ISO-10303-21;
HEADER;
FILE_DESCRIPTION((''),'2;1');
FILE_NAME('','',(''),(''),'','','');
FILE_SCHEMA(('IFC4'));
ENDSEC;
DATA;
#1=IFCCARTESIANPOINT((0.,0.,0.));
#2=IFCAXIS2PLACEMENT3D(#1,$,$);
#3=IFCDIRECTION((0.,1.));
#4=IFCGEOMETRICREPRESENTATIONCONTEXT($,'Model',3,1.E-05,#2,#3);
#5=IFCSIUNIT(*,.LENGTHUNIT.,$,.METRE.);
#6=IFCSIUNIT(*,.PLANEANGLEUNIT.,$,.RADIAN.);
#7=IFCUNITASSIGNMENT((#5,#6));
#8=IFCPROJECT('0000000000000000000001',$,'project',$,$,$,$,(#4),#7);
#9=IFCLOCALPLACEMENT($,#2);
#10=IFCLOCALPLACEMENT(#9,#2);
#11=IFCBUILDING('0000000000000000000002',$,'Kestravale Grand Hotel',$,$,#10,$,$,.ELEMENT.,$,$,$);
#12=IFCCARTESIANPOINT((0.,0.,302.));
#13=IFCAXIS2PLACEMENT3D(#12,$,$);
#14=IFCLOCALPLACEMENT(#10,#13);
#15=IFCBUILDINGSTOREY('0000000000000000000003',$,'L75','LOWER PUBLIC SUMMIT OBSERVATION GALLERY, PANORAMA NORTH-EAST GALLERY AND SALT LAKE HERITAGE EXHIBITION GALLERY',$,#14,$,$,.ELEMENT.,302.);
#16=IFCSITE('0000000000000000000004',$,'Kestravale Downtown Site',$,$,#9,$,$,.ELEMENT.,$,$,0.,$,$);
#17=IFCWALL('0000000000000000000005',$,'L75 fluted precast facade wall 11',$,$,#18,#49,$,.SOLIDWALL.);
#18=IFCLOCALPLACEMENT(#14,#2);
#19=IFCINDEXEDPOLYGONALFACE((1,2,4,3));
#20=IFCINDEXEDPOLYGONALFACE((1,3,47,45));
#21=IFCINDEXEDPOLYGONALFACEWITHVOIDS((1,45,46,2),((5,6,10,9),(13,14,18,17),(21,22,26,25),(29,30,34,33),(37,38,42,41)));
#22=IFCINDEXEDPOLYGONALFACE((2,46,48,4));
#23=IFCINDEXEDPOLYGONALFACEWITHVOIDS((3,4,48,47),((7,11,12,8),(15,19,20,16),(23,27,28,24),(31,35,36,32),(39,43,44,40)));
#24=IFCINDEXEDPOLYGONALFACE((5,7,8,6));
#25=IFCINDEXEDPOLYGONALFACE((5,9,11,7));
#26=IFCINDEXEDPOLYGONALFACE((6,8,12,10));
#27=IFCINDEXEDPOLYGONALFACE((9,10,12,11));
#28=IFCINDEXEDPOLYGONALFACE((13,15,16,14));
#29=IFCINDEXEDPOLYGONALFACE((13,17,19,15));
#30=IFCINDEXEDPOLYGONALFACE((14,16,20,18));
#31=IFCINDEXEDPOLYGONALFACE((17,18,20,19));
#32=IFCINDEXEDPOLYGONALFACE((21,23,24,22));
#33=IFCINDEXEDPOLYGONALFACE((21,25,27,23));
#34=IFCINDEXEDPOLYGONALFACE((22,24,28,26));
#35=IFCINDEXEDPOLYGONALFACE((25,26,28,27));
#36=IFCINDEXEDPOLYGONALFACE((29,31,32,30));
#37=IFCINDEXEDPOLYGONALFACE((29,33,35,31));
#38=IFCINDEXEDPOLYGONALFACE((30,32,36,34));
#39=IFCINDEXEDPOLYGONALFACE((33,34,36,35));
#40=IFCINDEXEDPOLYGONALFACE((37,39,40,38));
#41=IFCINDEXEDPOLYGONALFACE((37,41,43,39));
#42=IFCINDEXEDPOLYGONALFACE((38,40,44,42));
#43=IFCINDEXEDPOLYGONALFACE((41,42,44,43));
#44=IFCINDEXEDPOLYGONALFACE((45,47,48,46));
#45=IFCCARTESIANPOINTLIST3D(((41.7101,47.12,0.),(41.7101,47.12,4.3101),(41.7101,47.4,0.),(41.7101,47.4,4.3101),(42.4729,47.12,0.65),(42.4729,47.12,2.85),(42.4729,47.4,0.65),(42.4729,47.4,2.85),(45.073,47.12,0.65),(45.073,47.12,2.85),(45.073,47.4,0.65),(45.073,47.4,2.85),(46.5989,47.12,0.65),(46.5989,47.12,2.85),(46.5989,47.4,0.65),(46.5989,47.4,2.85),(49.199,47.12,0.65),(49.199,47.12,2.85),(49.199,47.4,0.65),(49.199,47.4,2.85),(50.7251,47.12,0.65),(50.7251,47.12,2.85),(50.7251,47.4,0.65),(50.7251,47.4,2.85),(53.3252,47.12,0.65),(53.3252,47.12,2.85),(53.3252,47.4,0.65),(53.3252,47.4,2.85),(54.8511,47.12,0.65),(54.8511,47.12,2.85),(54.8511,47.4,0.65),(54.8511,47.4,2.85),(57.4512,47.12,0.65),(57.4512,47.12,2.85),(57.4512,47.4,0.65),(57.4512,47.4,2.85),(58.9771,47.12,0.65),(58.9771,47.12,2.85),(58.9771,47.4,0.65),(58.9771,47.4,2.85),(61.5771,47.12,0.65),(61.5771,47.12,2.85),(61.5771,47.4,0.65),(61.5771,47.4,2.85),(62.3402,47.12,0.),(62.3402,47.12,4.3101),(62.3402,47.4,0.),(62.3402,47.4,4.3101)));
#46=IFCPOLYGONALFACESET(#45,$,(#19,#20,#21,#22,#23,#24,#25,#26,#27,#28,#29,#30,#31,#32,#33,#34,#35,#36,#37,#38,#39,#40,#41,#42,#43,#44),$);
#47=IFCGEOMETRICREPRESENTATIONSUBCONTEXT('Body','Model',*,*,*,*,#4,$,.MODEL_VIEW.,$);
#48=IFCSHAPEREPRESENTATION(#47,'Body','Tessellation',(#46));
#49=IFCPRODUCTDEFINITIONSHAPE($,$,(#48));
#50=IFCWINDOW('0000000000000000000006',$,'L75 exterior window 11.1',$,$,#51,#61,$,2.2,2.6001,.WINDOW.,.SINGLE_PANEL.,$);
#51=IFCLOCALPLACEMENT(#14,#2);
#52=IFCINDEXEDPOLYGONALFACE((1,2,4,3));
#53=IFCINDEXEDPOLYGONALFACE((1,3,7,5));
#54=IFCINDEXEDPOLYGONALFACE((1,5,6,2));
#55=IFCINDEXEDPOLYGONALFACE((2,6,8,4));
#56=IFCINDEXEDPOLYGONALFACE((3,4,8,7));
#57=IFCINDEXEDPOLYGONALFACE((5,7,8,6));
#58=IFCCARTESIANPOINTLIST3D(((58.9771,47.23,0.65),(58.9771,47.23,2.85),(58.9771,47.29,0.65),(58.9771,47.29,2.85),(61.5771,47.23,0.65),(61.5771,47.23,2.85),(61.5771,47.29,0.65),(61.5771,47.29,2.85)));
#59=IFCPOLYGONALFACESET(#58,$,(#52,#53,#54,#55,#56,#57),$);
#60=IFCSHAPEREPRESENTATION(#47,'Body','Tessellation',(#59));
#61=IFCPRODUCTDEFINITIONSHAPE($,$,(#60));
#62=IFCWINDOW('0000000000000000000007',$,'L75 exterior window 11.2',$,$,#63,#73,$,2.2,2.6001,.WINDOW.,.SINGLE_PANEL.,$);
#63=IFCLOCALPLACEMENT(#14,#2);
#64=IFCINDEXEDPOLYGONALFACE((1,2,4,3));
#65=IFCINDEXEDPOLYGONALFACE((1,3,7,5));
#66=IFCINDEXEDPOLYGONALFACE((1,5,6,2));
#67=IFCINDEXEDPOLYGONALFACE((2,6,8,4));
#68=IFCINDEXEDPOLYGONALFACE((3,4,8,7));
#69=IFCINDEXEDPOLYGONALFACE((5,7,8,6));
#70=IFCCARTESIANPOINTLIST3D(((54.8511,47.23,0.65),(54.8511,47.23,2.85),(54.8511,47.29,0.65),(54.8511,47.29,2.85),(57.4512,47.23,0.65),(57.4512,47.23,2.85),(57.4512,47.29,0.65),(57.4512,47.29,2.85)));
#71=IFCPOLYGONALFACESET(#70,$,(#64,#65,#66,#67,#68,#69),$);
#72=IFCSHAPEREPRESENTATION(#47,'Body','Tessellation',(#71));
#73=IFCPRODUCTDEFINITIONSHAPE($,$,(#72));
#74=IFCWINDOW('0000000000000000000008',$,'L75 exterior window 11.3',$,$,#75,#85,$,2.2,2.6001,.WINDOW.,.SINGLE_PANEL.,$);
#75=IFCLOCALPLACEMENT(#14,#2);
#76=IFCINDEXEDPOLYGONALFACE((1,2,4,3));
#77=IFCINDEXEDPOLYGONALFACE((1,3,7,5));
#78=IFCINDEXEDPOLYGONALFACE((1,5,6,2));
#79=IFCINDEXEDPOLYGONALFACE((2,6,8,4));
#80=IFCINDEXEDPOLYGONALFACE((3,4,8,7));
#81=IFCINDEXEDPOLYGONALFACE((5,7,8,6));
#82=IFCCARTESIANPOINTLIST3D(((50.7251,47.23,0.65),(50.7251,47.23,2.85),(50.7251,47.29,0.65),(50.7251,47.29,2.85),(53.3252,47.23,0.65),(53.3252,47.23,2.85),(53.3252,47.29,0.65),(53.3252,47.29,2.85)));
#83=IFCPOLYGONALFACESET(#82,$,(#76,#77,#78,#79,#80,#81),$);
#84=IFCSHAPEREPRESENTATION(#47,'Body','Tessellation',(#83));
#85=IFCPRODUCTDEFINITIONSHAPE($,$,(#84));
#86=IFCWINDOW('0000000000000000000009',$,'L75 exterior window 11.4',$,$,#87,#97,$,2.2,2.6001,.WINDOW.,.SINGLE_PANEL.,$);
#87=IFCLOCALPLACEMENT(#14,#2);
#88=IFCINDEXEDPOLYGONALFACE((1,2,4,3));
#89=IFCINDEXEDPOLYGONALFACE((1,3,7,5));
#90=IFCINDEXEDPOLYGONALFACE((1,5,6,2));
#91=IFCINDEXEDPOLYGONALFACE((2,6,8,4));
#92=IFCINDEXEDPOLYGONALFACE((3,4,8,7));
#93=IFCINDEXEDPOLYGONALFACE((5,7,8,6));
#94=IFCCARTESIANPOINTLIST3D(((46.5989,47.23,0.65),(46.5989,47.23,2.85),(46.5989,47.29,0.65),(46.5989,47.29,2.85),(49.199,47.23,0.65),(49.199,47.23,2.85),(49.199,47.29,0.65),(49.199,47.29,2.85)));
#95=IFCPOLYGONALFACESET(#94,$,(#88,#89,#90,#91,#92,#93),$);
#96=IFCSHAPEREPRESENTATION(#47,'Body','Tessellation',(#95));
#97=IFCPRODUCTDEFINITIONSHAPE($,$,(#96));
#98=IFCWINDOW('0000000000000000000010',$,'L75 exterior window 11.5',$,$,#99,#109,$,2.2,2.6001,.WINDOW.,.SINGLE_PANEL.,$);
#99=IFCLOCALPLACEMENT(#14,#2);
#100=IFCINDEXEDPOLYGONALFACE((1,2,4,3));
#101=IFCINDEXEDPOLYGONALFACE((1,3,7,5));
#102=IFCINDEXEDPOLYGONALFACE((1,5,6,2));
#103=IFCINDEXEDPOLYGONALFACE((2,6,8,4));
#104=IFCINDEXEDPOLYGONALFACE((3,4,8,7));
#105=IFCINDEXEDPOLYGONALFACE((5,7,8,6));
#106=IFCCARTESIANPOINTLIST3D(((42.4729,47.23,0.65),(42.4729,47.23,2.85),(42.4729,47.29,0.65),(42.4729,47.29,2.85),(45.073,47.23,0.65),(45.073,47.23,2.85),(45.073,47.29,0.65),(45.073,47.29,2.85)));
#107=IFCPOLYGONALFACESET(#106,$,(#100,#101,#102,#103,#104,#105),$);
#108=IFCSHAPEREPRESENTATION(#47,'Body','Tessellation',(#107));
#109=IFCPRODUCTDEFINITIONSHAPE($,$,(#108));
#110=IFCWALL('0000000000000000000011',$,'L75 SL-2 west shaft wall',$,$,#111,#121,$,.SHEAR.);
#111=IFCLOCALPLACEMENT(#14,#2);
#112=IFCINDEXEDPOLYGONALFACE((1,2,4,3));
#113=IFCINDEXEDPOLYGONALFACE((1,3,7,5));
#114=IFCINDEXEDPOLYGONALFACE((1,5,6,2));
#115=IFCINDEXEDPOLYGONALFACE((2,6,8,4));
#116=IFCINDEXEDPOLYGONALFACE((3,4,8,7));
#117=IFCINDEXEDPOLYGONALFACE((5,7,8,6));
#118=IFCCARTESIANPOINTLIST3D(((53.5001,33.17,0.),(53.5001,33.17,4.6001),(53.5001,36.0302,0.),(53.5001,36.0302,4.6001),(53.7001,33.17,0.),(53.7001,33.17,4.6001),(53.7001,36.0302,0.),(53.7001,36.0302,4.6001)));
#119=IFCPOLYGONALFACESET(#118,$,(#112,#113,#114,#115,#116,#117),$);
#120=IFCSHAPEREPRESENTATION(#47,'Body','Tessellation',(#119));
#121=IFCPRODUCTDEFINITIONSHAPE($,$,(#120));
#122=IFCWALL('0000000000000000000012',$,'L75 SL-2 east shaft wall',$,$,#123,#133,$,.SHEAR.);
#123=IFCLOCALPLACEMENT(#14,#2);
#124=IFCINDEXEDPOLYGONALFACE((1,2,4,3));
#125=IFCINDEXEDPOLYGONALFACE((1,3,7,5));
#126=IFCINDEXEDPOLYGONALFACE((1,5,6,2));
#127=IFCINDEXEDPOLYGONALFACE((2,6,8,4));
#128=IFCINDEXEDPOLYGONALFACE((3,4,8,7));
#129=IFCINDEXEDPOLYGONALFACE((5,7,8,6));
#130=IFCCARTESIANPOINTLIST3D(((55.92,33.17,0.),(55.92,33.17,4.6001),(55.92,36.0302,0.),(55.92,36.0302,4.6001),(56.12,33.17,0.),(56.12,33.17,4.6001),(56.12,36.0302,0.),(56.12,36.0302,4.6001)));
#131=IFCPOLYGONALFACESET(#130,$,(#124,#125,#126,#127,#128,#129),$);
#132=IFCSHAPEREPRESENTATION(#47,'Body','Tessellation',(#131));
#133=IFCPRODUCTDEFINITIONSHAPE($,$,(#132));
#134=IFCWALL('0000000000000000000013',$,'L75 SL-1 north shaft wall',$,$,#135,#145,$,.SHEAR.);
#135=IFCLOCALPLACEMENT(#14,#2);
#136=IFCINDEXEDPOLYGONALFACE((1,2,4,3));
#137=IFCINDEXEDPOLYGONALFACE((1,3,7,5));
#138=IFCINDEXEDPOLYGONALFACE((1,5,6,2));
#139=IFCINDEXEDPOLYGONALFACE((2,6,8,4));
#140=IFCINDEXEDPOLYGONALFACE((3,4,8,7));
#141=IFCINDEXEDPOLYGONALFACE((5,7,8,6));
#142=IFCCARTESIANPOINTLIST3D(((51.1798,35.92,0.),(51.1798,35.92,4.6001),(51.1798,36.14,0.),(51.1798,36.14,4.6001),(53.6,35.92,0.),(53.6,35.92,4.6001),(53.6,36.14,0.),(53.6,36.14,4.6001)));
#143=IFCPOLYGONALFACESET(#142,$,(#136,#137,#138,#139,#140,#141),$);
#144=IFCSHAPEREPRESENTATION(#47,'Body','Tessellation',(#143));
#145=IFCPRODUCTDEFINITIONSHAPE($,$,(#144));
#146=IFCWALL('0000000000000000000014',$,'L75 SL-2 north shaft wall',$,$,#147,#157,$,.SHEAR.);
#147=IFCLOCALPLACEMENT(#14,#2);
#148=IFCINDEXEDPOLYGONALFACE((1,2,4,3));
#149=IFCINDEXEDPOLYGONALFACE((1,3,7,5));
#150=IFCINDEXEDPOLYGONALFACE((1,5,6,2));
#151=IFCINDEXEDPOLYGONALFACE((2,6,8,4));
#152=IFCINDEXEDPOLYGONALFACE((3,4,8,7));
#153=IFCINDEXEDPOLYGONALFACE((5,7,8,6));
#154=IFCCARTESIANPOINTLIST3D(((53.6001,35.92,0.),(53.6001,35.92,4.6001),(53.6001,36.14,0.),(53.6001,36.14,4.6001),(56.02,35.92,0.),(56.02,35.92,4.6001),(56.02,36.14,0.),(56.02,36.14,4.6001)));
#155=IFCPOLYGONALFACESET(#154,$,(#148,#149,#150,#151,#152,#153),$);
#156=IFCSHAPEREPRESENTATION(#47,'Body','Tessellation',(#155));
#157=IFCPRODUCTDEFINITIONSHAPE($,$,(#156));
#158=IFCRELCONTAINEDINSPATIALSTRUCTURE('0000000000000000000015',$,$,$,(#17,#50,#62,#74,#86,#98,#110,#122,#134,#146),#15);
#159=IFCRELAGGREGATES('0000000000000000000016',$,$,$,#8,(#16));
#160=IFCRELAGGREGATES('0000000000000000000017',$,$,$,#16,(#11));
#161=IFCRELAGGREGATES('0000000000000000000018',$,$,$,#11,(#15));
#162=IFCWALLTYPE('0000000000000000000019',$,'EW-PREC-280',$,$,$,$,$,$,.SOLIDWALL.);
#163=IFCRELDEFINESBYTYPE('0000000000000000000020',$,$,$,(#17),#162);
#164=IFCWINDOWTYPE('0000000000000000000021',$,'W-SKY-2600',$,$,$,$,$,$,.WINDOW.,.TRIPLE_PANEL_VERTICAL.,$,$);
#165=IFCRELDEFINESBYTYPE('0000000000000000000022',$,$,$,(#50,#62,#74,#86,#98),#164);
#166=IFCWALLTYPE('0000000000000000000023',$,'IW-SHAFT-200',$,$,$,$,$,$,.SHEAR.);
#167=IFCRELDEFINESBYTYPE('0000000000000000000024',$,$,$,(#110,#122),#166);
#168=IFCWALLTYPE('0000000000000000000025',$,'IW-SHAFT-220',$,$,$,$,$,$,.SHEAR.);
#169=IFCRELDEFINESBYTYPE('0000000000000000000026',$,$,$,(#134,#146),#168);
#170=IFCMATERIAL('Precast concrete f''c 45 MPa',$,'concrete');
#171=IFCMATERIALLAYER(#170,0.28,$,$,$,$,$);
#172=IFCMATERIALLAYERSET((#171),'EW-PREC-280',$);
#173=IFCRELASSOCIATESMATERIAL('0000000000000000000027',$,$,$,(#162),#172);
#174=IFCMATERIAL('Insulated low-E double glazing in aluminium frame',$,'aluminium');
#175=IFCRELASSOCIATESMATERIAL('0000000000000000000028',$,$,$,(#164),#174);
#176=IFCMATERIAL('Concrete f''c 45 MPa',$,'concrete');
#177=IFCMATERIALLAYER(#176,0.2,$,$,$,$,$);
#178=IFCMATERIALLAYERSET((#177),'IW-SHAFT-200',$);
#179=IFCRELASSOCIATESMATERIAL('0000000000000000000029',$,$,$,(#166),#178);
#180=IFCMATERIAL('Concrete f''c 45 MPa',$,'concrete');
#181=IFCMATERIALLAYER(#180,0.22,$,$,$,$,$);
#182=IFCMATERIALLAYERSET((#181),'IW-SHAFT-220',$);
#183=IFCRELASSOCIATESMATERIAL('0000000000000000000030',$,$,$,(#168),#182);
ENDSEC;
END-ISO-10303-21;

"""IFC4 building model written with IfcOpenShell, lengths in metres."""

from ifc_helpers import new_model, si_unit, direction, frame, frame_2d, origin, place, context, subcontext, project, spatial, rectangle, extrude, material, layer, layer_set, type_object, element, fill, save


model = new_model("IFC4")

# Units and contexts
model_context = context("Model", 3, precision=1e-05, world=origin(), true_north=direction((0.0, 1.0)))
body_context = subcontext(model_context, "Body", "Model", "MODEL_VIEW")
ifc_project = project(units=[si_unit("LENGTHUNIT", "METRE"), si_unit("PLANEANGLEUNIT", "RADIAN")], contexts=[model_context])

# Site, building, storey
site_placement = place(None, origin())
site = spatial("IfcSite", under=ifc_project, at=site_placement, Name="Kestravale Downtown Site", CompositionType="ELEMENT", RefElevation=0.0)
building_placement = place(site_placement, origin())
building = spatial("IfcBuilding", under=site, at=building_placement, Name="Kestravale Grand Hotel", CompositionType="ELEMENT")
storey_placement = place(building_placement, frame((0.0, 0.0, 302.0)))
storey = spatial("IfcBuildingStorey", under=building, at=storey_placement, Name="L75", Description="LOWER PUBLIC SUMMIT OBSERVATION GALLERY, PANORAMA NORTH-EAST GALLERY AND SALT LAKE HERITAGE EXHIBITION GALLERY", CompositionType="ELEMENT", Elevation=302.0)

# Wall, openings, windows
ifc_material_1 = material(Name="Precast concrete f'c 45 MPa", Category="concrete")
ifc_layer_1 = layer(ifc_material_1, 0.28)
ifc_layer_set_1 = layer_set([ifc_layer_1], Name="EW-PREC-280")
wall_type_1 = type_object("IfcWallType", Name="EW-PREC-280", PredefinedType="SOLIDWALL", material=ifc_layer_set_1)
wall_1_placement = place(storey_placement, frame((62.3401, 47.26, 0.0), z_axis=(0.0, 0.0, 1.0), x_axis=(-1.0, 0.0, 0.0)))
wall_1 = element("IfcWall", 1, at=wall_1_placement, inside=storey, type_object=wall_type_1, Name="L75 fluted precast facade wall 11", PredefinedType="SOLIDWALL", context=body_context, shape_type="SweptSolid", body=[
    extrude(rectangle(XDim=20.6301, YDim=0.28, at=frame_2d((10.3149, 0.0))), origin(), (0.0, 0.0, 1.0), 4.3101),
])
opening_1_placement = place(wall_1_placement, frame((0.7629, 0.0, 0.6499)))
opening_1 = element("IfcOpeningElement", 2, at=opening_1_placement, cuts=wall_1, PredefinedType="OPENING", context=body_context, shape_type="SweptSolid", body=[
    extrude(rectangle(XDim=2.6001, YDim=2.2, at=frame_2d((1.3, 1.1001))), frame((0.0, 0.1499, 0.0), z_axis=(0.0, -1.0, 0.0), x_axis=(1.0, 0.0, 0.0)), (0.0, 0.0, 1.0), 0.3),
])
opening_2_placement = place(wall_1_placement, frame((4.8889, 0.0, 0.6499)))
opening_2 = element("IfcOpeningElement", 3, at=opening_2_placement, cuts=wall_1, PredefinedType="OPENING", context=body_context, shape_type="SweptSolid", body=[
    extrude(rectangle(XDim=2.6001, YDim=2.2, at=frame_2d((1.3, 1.1001))), frame((0.0, 0.1499, 0.0), z_axis=(0.0, -1.0, 0.0), x_axis=(1.0, 0.0, 0.0)), (0.0, 0.0, 1.0), 0.3),
])
opening_3_placement = place(wall_1_placement, frame((9.0149, 0.0, 0.6499)))
opening_3 = element("IfcOpeningElement", 4, at=opening_3_placement, cuts=wall_1, PredefinedType="OPENING", context=body_context, shape_type="SweptSolid", body=[
    extrude(rectangle(XDim=2.6001, YDim=2.2, at=frame_2d((1.3, 1.1001))), frame((0.0, 0.1499, 0.0), z_axis=(0.0, -1.0, 0.0), x_axis=(1.0, 0.0, 0.0)), (0.0, 0.0, 1.0), 0.3),
])
opening_4_placement = place(wall_1_placement, frame((13.1411, 0.0, 0.6499)))
opening_4 = element("IfcOpeningElement", 5, at=opening_4_placement, cuts=wall_1, PredefinedType="OPENING", context=body_context, shape_type="SweptSolid", body=[
    extrude(rectangle(XDim=2.6001, YDim=2.2, at=frame_2d((1.3, 1.1001))), frame((0.0, 0.1499, 0.0), z_axis=(0.0, -1.0, 0.0), x_axis=(1.0, 0.0, 0.0)), (0.0, 0.0, 1.0), 0.3),
])
opening_5_placement = place(wall_1_placement, frame((17.2671, 0.0, 0.6499)))
opening_5 = element("IfcOpeningElement", 6, at=opening_5_placement, cuts=wall_1, PredefinedType="OPENING", context=body_context, shape_type="SweptSolid", body=[
    extrude(rectangle(XDim=2.6001, YDim=2.2, at=frame_2d((1.3, 1.1001))), frame((0.0, 0.1499, 0.0), z_axis=(0.0, -1.0, 0.0), x_axis=(1.0, 0.0, 0.0)), (0.0, 0.0, 1.0), 0.3),
])
ifc_material_2 = material(Name="Insulated low-E double glazing in aluminium frame", Category="aluminium")
window_type = type_object("IfcWindowType", Name="W-SKY-2600", PartitioningType="TRIPLE_PANEL_VERTICAL", PredefinedType="WINDOW", material=ifc_material_2)
window_1_placement = place(opening_1_placement, origin())
window_1 = element("IfcWindow", 7, at=window_1_placement, inside=storey, type_object=window_type, Name="L75 exterior window 11.1", OverallHeight=2.2, OverallWidth=2.6001, PartitioningType="SINGLE_PANEL", PredefinedType="WINDOW", context=body_context, shape_type="SweptSolid", body=[
    extrude(rectangle(XDim=2.6001, YDim=2.2, at=frame_2d((1.3, 1.1001))), frame((0.0, 0.03, 0.0), z_axis=(0.0, -1.0, 0.0), x_axis=(1.0, 0.0, 0.0)), (0.0, 0.0, 1.0), 0.0601),
])
fill(opening_1, window_1)
window_2_placement = place(opening_2_placement, origin())
window_2 = element("IfcWindow", 8, at=window_2_placement, inside=storey, type_object=window_type, Name="L75 exterior window 11.2", OverallHeight=2.2, OverallWidth=2.6001, PartitioningType="SINGLE_PANEL", PredefinedType="WINDOW", context=body_context, shape_type="SweptSolid", body=[
    extrude(rectangle(XDim=2.6001, YDim=2.2, at=frame_2d((1.3, 1.1001))), frame((0.0, 0.03, 0.0), z_axis=(0.0, -1.0, 0.0), x_axis=(1.0, 0.0, 0.0)), (0.0, 0.0, 1.0), 0.0601),
])
fill(opening_2, window_2)
window_3_placement = place(opening_3_placement, origin())
window_3 = element("IfcWindow", 9, at=window_3_placement, inside=storey, type_object=window_type, Name="L75 exterior window 11.3", OverallHeight=2.2, OverallWidth=2.6001, PartitioningType="SINGLE_PANEL", PredefinedType="WINDOW", context=body_context, shape_type="SweptSolid", body=[
    extrude(rectangle(XDim=2.6001, YDim=2.2, at=frame_2d((1.3, 1.1001))), frame((0.0, 0.03, 0.0), z_axis=(0.0, -1.0, 0.0), x_axis=(1.0, 0.0, 0.0)), (0.0, 0.0, 1.0), 0.0601),
])
fill(opening_3, window_3)
window_4_placement = place(opening_4_placement, origin())
window_4 = element("IfcWindow", 10, at=window_4_placement, inside=storey, type_object=window_type, Name="L75 exterior window 11.4", OverallHeight=2.2, OverallWidth=2.6001, PartitioningType="SINGLE_PANEL", PredefinedType="WINDOW", context=body_context, shape_type="SweptSolid", body=[
    extrude(rectangle(XDim=2.6001, YDim=2.2, at=frame_2d((1.3, 1.1001))), frame((0.0, 0.03, 0.0), z_axis=(0.0, -1.0, 0.0), x_axis=(1.0, 0.0, 0.0)), (0.0, 0.0, 1.0), 0.0601),
])
fill(opening_4, window_4)
window_5_placement = place(opening_5_placement, origin())
window_5 = element("IfcWindow", 11, at=window_5_placement, inside=storey, type_object=window_type, Name="L75 exterior window 11.5", OverallHeight=2.2, OverallWidth=2.6001, PartitioningType="SINGLE_PANEL", PredefinedType="WINDOW", context=body_context, shape_type="SweptSolid", body=[
    extrude(rectangle(XDim=2.6001, YDim=2.2, at=frame_2d((1.3, 1.1001))), frame((0.0, 0.03, 0.0), z_axis=(0.0, -1.0, 0.0), x_axis=(1.0, 0.0, 0.0)), (0.0, 0.0, 1.0), 0.0601),
])
fill(opening_5, window_5)

# Walls
ifc_material_3 = material(Name="Concrete f'c 45 MPa", Category="concrete")
ifc_layer_2 = layer(ifc_material_3, 0.2)
ifc_layer_set_2 = layer_set([ifc_layer_2], Name="IW-SHAFT-200")
wall_type_2 = type_object("IfcWallType", Name="IW-SHAFT-200", PredefinedType="SHEAR", material=ifc_layer_set_2)
for number, where, z_axis, x_axis, name in (
    (12, (53.6001, 33.1699, 0.0), (0.0, 0.0, 1.0), (0.0, 1.0, 0.0), "L75 SL-2 west shaft wall"),
    (13, (56.02, 33.1699, 0.0), (0.0, 0.0, 1.0), (0.0, 1.0, 0.0), "L75 SL-2 east shaft wall"),
):
    element("IfcWall", number, at=place(storey_placement, frame(where, z_axis=z_axis, x_axis=x_axis)), inside=storey, type_object=wall_type_2, Name=name, PredefinedType="SHEAR", context=body_context, shape_type="SweptSolid", body=[
        extrude(rectangle(XDim=2.8601, YDim=0.2, at=frame_2d((1.4302, 0.0))), origin(), (0.0, 0.0, 1.0), 4.6001),
    ])
ifc_material_4 = material(Name="Concrete f'c 45 MPa", Category="concrete")
ifc_layer_3 = layer(ifc_material_4, 0.22)
ifc_layer_set_3 = layer_set([ifc_layer_3], Name="IW-SHAFT-220")
wall_type_3 = type_object("IfcWallType", Name="IW-SHAFT-220", PredefinedType="SHEAR", material=ifc_layer_set_3)
wall_2_placement = place(storey_placement, frame((51.1799, 36.03, 0.0), z_axis=(0.0, 0.0, 1.0), x_axis=(1.0, 0.0, 0.0)))
element("IfcWall", 14, at=wall_2_placement, inside=storey, type_object=wall_type_3, Name="L75 SL-1 north shaft wall", PredefinedType="SHEAR", context=body_context, shape_type="SweptSolid", body=[
    extrude(rectangle(XDim=2.4202, YDim=0.22, at=frame_2d((1.21, 0.0))), origin(), (0.0, 0.0, 1.0), 4.6001),
])
wall_3_placement = place(storey_placement, frame((53.6001, 36.03, 0.0), z_axis=(0.0, 0.0, 1.0), x_axis=(1.0, 0.0, 0.0)))
element("IfcWall", 15, at=wall_3_placement, inside=storey, type_object=wall_type_3, Name="L75 SL-2 north shaft wall", PredefinedType="SHEAR", context=body_context, shape_type="SweptSolid", body=[
    extrude(rectangle(XDim=2.4199, YDim=0.22, at=frame_2d((1.21, 0.0))), origin(), (0.0, 0.0, 1.0), 4.6001),
])

save(model, "model.ifc")
